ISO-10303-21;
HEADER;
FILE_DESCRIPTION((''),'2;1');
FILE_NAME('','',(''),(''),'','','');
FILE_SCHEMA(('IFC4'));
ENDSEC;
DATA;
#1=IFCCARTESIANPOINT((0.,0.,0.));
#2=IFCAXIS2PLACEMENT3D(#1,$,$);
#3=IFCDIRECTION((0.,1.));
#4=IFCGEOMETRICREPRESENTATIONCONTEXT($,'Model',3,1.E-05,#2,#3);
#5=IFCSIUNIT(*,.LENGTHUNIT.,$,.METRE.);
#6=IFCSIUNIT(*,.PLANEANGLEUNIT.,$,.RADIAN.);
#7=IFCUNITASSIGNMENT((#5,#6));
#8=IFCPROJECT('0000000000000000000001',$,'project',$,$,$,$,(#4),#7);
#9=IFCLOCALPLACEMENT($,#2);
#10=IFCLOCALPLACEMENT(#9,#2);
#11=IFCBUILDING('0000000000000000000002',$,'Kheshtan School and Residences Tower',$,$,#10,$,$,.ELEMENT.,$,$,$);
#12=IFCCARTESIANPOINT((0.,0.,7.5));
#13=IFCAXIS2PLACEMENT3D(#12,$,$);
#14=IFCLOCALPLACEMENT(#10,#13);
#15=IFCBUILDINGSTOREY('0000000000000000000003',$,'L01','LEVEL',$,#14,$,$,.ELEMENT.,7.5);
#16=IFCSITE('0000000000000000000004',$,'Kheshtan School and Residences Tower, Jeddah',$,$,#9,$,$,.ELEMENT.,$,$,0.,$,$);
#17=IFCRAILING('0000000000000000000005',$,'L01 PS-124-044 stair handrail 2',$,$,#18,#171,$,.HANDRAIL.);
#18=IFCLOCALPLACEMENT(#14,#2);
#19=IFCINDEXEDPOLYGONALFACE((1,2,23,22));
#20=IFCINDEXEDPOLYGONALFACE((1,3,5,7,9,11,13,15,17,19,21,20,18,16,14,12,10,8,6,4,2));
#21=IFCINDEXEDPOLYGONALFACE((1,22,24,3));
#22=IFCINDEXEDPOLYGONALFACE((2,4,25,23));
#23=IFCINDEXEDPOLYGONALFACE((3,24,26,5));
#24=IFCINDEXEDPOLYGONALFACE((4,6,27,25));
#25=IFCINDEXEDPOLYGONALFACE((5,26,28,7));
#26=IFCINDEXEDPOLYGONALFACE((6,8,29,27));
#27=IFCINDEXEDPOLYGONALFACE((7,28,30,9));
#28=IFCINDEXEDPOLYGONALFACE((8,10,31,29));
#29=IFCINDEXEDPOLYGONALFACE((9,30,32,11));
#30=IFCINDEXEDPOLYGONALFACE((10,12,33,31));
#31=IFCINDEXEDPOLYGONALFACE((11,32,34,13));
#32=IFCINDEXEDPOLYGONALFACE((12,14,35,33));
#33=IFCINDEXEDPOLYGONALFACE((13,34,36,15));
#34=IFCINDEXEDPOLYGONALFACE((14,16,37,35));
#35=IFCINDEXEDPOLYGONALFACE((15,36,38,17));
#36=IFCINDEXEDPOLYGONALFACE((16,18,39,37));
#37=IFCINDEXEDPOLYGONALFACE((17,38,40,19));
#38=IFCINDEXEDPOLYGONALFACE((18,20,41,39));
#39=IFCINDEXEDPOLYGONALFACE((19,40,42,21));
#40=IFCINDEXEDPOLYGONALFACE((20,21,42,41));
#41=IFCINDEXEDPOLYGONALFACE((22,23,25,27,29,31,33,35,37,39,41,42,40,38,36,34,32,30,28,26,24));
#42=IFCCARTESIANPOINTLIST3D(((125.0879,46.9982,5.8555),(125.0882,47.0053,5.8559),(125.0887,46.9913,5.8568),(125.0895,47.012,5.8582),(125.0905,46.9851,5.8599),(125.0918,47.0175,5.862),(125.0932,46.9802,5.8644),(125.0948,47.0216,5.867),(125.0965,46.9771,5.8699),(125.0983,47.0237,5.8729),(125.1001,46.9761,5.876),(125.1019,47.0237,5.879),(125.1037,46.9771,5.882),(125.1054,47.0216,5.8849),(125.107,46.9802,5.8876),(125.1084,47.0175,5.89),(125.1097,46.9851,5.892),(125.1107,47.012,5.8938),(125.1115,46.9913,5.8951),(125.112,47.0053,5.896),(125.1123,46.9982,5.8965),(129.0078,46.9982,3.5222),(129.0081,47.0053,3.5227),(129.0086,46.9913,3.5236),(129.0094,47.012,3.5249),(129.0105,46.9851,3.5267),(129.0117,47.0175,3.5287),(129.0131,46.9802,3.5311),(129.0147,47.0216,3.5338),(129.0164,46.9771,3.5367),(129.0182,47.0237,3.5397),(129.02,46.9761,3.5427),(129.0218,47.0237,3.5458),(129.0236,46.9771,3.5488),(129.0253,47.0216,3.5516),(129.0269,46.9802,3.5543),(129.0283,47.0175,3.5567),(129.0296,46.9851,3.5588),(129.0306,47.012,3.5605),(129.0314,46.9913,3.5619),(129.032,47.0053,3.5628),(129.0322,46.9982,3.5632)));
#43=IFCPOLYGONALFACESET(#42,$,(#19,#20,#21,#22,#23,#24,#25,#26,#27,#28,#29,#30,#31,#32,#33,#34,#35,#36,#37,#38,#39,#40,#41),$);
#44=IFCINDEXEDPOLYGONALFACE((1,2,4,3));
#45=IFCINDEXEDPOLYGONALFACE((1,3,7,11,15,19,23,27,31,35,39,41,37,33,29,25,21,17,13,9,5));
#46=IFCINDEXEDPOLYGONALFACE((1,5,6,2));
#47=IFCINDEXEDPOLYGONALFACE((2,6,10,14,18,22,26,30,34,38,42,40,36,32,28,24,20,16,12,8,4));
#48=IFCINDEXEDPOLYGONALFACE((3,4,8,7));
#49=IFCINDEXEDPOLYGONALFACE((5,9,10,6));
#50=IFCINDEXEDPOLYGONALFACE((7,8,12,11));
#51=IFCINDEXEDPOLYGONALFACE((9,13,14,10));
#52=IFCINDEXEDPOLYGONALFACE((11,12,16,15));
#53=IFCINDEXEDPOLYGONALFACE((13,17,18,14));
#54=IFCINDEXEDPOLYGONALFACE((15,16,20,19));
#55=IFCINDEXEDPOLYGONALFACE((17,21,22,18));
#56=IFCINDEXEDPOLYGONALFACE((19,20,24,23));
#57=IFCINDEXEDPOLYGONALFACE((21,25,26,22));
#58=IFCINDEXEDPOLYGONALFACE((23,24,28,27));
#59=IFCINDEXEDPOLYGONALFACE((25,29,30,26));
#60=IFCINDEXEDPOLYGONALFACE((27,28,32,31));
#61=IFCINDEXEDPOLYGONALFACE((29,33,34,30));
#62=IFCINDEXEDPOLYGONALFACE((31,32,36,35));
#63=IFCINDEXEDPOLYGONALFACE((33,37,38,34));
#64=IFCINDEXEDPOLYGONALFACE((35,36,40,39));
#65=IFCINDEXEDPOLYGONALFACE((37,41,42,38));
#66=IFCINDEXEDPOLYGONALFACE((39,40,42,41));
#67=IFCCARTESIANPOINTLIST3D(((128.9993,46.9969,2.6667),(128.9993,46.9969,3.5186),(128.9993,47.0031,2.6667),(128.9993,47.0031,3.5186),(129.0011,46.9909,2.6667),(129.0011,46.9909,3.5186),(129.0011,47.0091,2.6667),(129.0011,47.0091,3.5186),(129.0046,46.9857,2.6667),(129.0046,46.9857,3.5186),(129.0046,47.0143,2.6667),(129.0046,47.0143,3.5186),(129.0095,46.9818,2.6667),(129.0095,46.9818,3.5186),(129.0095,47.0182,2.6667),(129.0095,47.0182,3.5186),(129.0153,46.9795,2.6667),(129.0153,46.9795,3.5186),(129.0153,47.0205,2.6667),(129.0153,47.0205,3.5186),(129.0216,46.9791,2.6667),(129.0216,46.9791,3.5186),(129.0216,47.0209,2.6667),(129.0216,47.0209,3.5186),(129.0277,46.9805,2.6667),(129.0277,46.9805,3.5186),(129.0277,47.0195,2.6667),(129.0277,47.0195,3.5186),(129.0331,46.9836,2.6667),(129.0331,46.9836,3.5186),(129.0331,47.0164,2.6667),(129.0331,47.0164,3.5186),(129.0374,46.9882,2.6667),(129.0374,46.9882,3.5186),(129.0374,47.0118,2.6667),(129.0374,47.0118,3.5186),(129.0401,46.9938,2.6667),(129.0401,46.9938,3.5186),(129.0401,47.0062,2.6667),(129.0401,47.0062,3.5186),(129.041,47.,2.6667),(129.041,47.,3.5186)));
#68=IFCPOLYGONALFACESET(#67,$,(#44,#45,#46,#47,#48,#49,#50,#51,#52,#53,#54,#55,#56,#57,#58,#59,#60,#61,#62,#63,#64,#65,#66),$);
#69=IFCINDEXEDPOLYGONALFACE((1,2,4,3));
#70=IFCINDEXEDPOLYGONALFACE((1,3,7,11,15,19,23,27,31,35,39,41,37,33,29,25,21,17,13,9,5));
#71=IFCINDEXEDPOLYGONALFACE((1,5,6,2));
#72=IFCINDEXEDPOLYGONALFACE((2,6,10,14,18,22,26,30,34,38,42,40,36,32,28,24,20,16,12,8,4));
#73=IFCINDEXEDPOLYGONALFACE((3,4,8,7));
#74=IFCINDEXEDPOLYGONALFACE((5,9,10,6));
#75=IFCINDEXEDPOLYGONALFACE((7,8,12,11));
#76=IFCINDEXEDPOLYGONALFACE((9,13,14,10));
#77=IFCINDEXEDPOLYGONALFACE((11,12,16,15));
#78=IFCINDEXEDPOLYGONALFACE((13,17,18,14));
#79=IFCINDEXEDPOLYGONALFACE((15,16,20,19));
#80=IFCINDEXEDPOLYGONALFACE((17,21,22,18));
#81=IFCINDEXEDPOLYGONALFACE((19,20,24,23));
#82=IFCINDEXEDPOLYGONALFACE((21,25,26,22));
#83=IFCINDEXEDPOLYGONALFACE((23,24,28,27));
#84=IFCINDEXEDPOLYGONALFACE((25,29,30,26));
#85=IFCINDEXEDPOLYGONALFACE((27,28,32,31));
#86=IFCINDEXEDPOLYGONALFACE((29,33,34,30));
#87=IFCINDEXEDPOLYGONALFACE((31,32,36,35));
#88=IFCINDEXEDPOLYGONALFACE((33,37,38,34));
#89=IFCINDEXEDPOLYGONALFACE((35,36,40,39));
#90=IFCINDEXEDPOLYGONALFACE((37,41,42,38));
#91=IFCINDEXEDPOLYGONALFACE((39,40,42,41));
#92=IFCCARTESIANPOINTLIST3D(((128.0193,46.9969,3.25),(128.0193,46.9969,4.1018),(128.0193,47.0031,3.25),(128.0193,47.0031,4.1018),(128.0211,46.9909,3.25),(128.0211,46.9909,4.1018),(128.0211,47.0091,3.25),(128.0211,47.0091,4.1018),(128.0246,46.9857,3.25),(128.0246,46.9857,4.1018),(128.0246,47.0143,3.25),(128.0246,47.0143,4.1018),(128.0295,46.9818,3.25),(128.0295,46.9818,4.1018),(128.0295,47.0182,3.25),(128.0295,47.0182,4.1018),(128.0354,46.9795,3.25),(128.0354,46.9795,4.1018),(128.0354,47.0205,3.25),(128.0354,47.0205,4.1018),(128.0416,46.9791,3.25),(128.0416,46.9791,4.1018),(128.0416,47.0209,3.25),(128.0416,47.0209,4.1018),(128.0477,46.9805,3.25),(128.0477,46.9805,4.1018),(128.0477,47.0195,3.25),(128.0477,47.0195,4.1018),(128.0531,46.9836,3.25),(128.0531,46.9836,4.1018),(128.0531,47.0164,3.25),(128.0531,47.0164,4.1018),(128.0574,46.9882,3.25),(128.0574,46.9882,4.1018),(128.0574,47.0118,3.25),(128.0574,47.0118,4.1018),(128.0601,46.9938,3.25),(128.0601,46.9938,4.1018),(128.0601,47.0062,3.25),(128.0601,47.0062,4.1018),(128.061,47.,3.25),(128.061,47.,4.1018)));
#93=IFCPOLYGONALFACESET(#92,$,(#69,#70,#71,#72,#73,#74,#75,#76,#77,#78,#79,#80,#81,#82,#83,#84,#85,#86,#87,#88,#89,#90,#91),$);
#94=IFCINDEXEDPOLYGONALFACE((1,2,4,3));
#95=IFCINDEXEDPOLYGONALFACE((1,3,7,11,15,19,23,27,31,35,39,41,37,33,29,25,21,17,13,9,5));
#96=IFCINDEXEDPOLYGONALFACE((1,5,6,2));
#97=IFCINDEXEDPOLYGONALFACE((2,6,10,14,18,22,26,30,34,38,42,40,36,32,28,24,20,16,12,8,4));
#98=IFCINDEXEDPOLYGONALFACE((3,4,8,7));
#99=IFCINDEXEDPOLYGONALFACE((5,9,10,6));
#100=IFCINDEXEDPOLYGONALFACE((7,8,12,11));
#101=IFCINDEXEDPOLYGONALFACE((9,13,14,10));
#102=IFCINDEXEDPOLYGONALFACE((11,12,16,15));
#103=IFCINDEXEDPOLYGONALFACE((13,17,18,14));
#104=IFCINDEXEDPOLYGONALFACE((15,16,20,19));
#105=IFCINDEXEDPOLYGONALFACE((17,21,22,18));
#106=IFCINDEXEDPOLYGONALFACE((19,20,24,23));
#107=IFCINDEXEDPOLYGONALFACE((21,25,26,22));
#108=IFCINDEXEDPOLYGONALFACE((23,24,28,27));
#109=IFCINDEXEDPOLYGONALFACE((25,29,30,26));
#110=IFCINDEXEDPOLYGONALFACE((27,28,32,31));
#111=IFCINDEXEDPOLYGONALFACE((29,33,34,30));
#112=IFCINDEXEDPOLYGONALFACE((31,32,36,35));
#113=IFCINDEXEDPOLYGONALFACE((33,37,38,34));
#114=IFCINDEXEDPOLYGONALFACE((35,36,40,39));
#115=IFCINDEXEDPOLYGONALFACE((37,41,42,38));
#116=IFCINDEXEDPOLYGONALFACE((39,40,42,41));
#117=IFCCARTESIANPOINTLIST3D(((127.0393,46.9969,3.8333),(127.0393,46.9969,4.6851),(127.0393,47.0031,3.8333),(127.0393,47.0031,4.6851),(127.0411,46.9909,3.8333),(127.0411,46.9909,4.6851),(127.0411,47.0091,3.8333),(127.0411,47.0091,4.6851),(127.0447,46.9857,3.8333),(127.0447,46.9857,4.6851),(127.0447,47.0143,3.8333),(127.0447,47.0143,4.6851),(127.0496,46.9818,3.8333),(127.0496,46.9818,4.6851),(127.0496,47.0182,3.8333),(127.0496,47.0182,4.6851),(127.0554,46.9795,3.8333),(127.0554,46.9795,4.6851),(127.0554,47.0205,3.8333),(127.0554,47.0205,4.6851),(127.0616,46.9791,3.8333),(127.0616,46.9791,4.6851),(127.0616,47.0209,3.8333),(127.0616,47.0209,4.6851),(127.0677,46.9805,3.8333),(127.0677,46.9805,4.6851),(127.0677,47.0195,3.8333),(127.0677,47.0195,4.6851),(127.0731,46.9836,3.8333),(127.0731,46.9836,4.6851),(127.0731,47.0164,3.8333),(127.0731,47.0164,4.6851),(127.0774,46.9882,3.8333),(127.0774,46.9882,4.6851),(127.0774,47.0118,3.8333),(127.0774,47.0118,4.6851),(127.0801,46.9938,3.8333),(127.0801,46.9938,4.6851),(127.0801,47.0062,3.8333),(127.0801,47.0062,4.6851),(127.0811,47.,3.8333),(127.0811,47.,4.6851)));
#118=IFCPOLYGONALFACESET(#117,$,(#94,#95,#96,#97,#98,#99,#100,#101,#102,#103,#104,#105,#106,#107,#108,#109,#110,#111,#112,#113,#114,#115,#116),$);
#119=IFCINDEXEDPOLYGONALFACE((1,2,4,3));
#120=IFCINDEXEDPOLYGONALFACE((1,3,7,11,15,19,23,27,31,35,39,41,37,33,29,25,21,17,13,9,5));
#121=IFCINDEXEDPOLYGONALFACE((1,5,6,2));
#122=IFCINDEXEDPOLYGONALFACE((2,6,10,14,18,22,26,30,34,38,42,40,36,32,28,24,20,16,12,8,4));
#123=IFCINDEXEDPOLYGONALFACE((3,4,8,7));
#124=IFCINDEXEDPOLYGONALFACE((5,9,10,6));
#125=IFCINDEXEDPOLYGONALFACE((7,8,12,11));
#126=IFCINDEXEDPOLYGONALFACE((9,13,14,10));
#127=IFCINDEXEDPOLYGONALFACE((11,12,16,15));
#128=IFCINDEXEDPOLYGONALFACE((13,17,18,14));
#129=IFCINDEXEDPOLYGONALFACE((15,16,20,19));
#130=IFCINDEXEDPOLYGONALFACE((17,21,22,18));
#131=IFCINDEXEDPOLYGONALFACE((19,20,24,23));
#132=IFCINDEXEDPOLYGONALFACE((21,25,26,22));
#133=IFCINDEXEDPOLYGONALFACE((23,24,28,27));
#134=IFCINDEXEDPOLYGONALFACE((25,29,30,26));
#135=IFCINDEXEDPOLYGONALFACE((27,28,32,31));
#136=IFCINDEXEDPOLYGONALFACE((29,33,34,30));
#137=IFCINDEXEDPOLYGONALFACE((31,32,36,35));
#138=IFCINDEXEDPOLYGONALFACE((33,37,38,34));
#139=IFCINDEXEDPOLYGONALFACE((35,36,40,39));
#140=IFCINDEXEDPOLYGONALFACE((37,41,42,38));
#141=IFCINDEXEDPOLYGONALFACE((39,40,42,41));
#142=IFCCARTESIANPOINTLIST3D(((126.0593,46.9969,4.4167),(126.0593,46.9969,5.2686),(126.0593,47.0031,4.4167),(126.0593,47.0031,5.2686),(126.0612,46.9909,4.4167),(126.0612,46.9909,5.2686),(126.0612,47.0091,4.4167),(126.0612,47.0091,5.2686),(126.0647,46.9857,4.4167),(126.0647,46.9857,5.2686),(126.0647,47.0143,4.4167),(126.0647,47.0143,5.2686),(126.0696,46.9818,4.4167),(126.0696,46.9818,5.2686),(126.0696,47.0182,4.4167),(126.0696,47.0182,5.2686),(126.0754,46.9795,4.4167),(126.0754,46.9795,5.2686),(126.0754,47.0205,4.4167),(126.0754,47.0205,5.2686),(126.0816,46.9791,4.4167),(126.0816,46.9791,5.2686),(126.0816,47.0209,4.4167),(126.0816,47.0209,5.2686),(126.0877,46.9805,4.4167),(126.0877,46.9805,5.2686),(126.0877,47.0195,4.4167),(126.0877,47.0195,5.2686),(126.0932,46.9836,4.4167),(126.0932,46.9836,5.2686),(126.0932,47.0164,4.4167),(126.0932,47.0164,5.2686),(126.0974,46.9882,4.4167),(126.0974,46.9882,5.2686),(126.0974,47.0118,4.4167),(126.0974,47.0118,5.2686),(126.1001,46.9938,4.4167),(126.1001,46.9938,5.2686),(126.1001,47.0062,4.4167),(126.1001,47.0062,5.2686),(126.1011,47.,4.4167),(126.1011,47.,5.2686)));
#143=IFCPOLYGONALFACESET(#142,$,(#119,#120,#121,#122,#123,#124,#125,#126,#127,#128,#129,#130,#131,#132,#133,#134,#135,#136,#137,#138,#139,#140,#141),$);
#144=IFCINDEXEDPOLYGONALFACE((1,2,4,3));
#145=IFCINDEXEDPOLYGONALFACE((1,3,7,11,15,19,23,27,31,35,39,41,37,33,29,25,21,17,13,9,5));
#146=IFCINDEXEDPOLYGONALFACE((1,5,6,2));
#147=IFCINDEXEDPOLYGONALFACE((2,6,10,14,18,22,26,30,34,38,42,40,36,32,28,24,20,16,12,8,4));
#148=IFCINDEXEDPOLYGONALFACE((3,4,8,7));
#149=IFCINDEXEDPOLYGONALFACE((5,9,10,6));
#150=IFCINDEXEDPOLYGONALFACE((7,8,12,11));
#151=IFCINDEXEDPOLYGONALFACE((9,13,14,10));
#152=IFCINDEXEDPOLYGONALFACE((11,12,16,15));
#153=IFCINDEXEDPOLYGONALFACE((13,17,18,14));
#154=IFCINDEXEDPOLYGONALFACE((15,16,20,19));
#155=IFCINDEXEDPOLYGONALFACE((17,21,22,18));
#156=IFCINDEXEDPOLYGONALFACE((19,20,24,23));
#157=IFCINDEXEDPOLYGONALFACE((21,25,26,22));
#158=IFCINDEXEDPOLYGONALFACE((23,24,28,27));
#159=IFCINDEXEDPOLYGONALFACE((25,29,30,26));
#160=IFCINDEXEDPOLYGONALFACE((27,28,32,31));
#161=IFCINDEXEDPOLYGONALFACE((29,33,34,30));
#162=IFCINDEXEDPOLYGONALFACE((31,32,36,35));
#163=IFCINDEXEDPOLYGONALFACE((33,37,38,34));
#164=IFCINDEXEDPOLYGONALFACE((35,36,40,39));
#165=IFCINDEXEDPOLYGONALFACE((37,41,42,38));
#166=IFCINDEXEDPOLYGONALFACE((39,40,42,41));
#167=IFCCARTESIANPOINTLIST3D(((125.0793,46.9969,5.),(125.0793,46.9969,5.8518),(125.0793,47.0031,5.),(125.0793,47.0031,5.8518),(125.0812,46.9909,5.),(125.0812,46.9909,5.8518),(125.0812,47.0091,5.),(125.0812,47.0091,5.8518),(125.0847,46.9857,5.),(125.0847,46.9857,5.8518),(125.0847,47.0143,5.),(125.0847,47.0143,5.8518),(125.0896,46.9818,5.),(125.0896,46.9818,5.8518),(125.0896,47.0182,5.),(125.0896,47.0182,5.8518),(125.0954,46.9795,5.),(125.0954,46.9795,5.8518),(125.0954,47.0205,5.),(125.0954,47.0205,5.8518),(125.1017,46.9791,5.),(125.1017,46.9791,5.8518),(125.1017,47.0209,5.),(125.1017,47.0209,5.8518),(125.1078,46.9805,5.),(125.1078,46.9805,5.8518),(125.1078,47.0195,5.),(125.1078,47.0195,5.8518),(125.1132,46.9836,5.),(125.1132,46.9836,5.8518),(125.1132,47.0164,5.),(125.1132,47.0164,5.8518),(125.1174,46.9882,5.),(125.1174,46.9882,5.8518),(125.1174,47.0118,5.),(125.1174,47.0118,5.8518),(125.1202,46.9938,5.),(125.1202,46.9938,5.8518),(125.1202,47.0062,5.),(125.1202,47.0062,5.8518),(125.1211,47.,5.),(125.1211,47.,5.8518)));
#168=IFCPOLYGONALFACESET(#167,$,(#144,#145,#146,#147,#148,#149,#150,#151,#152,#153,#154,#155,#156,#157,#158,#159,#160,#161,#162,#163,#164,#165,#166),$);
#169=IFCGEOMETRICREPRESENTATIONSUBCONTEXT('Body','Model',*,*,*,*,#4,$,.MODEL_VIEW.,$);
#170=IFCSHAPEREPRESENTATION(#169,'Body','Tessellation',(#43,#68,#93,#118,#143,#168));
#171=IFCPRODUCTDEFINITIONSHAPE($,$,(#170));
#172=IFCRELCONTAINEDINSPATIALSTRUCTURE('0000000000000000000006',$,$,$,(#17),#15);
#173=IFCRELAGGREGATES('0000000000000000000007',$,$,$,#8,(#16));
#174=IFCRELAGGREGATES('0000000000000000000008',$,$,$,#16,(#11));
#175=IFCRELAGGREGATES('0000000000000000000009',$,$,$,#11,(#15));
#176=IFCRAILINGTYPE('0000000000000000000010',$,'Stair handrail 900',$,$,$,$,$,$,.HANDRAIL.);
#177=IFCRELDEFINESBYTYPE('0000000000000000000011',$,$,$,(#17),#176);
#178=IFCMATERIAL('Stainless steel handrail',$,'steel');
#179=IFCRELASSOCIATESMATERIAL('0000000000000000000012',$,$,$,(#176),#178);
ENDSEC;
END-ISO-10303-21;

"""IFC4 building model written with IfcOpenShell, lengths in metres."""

from ifc_helpers import new_model, si_unit, direction, frame, origin, origin_2d, place, context, subcontext, project, spatial, circle, extrude, material, type_object, element, save


model = new_model("IFC4")

# Units and contexts
model_context = context("Model", 3, precision=1e-05, world=origin(), true_north=direction((0.0, 1.0)))
body_context = subcontext(model_context, "Body", "Model", "MODEL_VIEW")
ifc_project = project(units=[si_unit("LENGTHUNIT", "METRE"), si_unit("PLANEANGLEUNIT", "RADIAN")], contexts=[model_context])

# Site, building, storey
site_placement = place(None, origin())
site = spatial("IfcSite", under=ifc_project, at=site_placement, Name="Kheshtan School and Residences Tower, Jeddah", CompositionType="ELEMENT", RefElevation=0.0)
building_placement = place(site_placement, origin())
building = spatial("IfcBuilding", under=site, at=building_placement, Name="Kheshtan School and Residences Tower", CompositionType="ELEMENT")
storey_placement = place(building_placement, frame((0.0, 0.0, 7.5)))
storey = spatial("IfcBuildingStorey", under=building, at=storey_placement, Name="L01", Description="LEVEL", CompositionType="ELEMENT", Elevation=7.5)

# Railing
ifc_material_1 = material(Name="Stainless steel handrail", Category="steel")
railing_type_1 = type_object("IfcRailingType", Name="Stair handrail 900", PredefinedType="HANDRAIL", material=ifc_material_1)
railing_1_placement = place(storey_placement, frame((129.02, 47.0, 2.6667)))
element("IfcRailing", 1, at=railing_1_placement, inside=storey, type_object=railing_type_1, Name="L01 PS-124-044 stair handrail 2", PredefinedType="HANDRAIL", context=body_context, shape_type="SweptSolid", body=[
    extrude(circle(Radius=0.0239, at=origin_2d()), frame((0.0, 0.0, 0.876), z_axis=(-0.859296, 0.0, 0.511478), x_axis=(0.0, -1.0, 0.0)), (0.0, 0.0, 1.0), 4.5618),
    extrude(circle(Radius=0.021, at=origin_2d()), origin(), (0.0, 0.0, 1.0), 0.8518),
    extrude(circle(Radius=0.021, at=origin_2d()), frame((-0.98, 0.0, 0.5833)), (0.0, 0.0, 1.0), 0.8518),
    extrude(circle(Radius=0.021, at=origin_2d()), frame((-1.96, 0.0, 1.1665)), (0.0, 0.0, 1.0), 0.8518),
    extrude(circle(Radius=0.021, at=origin_2d()), frame((-2.9399, 0.0, 1.75)), (0.0, 0.0, 1.0), 0.8518),
    extrude(circle(Radius=0.021, at=origin_2d()), frame((-3.9199, 0.0, 2.3333)), (0.0, 0.0, 1.0), 0.8518),
])

save(model, "model.ifc")
